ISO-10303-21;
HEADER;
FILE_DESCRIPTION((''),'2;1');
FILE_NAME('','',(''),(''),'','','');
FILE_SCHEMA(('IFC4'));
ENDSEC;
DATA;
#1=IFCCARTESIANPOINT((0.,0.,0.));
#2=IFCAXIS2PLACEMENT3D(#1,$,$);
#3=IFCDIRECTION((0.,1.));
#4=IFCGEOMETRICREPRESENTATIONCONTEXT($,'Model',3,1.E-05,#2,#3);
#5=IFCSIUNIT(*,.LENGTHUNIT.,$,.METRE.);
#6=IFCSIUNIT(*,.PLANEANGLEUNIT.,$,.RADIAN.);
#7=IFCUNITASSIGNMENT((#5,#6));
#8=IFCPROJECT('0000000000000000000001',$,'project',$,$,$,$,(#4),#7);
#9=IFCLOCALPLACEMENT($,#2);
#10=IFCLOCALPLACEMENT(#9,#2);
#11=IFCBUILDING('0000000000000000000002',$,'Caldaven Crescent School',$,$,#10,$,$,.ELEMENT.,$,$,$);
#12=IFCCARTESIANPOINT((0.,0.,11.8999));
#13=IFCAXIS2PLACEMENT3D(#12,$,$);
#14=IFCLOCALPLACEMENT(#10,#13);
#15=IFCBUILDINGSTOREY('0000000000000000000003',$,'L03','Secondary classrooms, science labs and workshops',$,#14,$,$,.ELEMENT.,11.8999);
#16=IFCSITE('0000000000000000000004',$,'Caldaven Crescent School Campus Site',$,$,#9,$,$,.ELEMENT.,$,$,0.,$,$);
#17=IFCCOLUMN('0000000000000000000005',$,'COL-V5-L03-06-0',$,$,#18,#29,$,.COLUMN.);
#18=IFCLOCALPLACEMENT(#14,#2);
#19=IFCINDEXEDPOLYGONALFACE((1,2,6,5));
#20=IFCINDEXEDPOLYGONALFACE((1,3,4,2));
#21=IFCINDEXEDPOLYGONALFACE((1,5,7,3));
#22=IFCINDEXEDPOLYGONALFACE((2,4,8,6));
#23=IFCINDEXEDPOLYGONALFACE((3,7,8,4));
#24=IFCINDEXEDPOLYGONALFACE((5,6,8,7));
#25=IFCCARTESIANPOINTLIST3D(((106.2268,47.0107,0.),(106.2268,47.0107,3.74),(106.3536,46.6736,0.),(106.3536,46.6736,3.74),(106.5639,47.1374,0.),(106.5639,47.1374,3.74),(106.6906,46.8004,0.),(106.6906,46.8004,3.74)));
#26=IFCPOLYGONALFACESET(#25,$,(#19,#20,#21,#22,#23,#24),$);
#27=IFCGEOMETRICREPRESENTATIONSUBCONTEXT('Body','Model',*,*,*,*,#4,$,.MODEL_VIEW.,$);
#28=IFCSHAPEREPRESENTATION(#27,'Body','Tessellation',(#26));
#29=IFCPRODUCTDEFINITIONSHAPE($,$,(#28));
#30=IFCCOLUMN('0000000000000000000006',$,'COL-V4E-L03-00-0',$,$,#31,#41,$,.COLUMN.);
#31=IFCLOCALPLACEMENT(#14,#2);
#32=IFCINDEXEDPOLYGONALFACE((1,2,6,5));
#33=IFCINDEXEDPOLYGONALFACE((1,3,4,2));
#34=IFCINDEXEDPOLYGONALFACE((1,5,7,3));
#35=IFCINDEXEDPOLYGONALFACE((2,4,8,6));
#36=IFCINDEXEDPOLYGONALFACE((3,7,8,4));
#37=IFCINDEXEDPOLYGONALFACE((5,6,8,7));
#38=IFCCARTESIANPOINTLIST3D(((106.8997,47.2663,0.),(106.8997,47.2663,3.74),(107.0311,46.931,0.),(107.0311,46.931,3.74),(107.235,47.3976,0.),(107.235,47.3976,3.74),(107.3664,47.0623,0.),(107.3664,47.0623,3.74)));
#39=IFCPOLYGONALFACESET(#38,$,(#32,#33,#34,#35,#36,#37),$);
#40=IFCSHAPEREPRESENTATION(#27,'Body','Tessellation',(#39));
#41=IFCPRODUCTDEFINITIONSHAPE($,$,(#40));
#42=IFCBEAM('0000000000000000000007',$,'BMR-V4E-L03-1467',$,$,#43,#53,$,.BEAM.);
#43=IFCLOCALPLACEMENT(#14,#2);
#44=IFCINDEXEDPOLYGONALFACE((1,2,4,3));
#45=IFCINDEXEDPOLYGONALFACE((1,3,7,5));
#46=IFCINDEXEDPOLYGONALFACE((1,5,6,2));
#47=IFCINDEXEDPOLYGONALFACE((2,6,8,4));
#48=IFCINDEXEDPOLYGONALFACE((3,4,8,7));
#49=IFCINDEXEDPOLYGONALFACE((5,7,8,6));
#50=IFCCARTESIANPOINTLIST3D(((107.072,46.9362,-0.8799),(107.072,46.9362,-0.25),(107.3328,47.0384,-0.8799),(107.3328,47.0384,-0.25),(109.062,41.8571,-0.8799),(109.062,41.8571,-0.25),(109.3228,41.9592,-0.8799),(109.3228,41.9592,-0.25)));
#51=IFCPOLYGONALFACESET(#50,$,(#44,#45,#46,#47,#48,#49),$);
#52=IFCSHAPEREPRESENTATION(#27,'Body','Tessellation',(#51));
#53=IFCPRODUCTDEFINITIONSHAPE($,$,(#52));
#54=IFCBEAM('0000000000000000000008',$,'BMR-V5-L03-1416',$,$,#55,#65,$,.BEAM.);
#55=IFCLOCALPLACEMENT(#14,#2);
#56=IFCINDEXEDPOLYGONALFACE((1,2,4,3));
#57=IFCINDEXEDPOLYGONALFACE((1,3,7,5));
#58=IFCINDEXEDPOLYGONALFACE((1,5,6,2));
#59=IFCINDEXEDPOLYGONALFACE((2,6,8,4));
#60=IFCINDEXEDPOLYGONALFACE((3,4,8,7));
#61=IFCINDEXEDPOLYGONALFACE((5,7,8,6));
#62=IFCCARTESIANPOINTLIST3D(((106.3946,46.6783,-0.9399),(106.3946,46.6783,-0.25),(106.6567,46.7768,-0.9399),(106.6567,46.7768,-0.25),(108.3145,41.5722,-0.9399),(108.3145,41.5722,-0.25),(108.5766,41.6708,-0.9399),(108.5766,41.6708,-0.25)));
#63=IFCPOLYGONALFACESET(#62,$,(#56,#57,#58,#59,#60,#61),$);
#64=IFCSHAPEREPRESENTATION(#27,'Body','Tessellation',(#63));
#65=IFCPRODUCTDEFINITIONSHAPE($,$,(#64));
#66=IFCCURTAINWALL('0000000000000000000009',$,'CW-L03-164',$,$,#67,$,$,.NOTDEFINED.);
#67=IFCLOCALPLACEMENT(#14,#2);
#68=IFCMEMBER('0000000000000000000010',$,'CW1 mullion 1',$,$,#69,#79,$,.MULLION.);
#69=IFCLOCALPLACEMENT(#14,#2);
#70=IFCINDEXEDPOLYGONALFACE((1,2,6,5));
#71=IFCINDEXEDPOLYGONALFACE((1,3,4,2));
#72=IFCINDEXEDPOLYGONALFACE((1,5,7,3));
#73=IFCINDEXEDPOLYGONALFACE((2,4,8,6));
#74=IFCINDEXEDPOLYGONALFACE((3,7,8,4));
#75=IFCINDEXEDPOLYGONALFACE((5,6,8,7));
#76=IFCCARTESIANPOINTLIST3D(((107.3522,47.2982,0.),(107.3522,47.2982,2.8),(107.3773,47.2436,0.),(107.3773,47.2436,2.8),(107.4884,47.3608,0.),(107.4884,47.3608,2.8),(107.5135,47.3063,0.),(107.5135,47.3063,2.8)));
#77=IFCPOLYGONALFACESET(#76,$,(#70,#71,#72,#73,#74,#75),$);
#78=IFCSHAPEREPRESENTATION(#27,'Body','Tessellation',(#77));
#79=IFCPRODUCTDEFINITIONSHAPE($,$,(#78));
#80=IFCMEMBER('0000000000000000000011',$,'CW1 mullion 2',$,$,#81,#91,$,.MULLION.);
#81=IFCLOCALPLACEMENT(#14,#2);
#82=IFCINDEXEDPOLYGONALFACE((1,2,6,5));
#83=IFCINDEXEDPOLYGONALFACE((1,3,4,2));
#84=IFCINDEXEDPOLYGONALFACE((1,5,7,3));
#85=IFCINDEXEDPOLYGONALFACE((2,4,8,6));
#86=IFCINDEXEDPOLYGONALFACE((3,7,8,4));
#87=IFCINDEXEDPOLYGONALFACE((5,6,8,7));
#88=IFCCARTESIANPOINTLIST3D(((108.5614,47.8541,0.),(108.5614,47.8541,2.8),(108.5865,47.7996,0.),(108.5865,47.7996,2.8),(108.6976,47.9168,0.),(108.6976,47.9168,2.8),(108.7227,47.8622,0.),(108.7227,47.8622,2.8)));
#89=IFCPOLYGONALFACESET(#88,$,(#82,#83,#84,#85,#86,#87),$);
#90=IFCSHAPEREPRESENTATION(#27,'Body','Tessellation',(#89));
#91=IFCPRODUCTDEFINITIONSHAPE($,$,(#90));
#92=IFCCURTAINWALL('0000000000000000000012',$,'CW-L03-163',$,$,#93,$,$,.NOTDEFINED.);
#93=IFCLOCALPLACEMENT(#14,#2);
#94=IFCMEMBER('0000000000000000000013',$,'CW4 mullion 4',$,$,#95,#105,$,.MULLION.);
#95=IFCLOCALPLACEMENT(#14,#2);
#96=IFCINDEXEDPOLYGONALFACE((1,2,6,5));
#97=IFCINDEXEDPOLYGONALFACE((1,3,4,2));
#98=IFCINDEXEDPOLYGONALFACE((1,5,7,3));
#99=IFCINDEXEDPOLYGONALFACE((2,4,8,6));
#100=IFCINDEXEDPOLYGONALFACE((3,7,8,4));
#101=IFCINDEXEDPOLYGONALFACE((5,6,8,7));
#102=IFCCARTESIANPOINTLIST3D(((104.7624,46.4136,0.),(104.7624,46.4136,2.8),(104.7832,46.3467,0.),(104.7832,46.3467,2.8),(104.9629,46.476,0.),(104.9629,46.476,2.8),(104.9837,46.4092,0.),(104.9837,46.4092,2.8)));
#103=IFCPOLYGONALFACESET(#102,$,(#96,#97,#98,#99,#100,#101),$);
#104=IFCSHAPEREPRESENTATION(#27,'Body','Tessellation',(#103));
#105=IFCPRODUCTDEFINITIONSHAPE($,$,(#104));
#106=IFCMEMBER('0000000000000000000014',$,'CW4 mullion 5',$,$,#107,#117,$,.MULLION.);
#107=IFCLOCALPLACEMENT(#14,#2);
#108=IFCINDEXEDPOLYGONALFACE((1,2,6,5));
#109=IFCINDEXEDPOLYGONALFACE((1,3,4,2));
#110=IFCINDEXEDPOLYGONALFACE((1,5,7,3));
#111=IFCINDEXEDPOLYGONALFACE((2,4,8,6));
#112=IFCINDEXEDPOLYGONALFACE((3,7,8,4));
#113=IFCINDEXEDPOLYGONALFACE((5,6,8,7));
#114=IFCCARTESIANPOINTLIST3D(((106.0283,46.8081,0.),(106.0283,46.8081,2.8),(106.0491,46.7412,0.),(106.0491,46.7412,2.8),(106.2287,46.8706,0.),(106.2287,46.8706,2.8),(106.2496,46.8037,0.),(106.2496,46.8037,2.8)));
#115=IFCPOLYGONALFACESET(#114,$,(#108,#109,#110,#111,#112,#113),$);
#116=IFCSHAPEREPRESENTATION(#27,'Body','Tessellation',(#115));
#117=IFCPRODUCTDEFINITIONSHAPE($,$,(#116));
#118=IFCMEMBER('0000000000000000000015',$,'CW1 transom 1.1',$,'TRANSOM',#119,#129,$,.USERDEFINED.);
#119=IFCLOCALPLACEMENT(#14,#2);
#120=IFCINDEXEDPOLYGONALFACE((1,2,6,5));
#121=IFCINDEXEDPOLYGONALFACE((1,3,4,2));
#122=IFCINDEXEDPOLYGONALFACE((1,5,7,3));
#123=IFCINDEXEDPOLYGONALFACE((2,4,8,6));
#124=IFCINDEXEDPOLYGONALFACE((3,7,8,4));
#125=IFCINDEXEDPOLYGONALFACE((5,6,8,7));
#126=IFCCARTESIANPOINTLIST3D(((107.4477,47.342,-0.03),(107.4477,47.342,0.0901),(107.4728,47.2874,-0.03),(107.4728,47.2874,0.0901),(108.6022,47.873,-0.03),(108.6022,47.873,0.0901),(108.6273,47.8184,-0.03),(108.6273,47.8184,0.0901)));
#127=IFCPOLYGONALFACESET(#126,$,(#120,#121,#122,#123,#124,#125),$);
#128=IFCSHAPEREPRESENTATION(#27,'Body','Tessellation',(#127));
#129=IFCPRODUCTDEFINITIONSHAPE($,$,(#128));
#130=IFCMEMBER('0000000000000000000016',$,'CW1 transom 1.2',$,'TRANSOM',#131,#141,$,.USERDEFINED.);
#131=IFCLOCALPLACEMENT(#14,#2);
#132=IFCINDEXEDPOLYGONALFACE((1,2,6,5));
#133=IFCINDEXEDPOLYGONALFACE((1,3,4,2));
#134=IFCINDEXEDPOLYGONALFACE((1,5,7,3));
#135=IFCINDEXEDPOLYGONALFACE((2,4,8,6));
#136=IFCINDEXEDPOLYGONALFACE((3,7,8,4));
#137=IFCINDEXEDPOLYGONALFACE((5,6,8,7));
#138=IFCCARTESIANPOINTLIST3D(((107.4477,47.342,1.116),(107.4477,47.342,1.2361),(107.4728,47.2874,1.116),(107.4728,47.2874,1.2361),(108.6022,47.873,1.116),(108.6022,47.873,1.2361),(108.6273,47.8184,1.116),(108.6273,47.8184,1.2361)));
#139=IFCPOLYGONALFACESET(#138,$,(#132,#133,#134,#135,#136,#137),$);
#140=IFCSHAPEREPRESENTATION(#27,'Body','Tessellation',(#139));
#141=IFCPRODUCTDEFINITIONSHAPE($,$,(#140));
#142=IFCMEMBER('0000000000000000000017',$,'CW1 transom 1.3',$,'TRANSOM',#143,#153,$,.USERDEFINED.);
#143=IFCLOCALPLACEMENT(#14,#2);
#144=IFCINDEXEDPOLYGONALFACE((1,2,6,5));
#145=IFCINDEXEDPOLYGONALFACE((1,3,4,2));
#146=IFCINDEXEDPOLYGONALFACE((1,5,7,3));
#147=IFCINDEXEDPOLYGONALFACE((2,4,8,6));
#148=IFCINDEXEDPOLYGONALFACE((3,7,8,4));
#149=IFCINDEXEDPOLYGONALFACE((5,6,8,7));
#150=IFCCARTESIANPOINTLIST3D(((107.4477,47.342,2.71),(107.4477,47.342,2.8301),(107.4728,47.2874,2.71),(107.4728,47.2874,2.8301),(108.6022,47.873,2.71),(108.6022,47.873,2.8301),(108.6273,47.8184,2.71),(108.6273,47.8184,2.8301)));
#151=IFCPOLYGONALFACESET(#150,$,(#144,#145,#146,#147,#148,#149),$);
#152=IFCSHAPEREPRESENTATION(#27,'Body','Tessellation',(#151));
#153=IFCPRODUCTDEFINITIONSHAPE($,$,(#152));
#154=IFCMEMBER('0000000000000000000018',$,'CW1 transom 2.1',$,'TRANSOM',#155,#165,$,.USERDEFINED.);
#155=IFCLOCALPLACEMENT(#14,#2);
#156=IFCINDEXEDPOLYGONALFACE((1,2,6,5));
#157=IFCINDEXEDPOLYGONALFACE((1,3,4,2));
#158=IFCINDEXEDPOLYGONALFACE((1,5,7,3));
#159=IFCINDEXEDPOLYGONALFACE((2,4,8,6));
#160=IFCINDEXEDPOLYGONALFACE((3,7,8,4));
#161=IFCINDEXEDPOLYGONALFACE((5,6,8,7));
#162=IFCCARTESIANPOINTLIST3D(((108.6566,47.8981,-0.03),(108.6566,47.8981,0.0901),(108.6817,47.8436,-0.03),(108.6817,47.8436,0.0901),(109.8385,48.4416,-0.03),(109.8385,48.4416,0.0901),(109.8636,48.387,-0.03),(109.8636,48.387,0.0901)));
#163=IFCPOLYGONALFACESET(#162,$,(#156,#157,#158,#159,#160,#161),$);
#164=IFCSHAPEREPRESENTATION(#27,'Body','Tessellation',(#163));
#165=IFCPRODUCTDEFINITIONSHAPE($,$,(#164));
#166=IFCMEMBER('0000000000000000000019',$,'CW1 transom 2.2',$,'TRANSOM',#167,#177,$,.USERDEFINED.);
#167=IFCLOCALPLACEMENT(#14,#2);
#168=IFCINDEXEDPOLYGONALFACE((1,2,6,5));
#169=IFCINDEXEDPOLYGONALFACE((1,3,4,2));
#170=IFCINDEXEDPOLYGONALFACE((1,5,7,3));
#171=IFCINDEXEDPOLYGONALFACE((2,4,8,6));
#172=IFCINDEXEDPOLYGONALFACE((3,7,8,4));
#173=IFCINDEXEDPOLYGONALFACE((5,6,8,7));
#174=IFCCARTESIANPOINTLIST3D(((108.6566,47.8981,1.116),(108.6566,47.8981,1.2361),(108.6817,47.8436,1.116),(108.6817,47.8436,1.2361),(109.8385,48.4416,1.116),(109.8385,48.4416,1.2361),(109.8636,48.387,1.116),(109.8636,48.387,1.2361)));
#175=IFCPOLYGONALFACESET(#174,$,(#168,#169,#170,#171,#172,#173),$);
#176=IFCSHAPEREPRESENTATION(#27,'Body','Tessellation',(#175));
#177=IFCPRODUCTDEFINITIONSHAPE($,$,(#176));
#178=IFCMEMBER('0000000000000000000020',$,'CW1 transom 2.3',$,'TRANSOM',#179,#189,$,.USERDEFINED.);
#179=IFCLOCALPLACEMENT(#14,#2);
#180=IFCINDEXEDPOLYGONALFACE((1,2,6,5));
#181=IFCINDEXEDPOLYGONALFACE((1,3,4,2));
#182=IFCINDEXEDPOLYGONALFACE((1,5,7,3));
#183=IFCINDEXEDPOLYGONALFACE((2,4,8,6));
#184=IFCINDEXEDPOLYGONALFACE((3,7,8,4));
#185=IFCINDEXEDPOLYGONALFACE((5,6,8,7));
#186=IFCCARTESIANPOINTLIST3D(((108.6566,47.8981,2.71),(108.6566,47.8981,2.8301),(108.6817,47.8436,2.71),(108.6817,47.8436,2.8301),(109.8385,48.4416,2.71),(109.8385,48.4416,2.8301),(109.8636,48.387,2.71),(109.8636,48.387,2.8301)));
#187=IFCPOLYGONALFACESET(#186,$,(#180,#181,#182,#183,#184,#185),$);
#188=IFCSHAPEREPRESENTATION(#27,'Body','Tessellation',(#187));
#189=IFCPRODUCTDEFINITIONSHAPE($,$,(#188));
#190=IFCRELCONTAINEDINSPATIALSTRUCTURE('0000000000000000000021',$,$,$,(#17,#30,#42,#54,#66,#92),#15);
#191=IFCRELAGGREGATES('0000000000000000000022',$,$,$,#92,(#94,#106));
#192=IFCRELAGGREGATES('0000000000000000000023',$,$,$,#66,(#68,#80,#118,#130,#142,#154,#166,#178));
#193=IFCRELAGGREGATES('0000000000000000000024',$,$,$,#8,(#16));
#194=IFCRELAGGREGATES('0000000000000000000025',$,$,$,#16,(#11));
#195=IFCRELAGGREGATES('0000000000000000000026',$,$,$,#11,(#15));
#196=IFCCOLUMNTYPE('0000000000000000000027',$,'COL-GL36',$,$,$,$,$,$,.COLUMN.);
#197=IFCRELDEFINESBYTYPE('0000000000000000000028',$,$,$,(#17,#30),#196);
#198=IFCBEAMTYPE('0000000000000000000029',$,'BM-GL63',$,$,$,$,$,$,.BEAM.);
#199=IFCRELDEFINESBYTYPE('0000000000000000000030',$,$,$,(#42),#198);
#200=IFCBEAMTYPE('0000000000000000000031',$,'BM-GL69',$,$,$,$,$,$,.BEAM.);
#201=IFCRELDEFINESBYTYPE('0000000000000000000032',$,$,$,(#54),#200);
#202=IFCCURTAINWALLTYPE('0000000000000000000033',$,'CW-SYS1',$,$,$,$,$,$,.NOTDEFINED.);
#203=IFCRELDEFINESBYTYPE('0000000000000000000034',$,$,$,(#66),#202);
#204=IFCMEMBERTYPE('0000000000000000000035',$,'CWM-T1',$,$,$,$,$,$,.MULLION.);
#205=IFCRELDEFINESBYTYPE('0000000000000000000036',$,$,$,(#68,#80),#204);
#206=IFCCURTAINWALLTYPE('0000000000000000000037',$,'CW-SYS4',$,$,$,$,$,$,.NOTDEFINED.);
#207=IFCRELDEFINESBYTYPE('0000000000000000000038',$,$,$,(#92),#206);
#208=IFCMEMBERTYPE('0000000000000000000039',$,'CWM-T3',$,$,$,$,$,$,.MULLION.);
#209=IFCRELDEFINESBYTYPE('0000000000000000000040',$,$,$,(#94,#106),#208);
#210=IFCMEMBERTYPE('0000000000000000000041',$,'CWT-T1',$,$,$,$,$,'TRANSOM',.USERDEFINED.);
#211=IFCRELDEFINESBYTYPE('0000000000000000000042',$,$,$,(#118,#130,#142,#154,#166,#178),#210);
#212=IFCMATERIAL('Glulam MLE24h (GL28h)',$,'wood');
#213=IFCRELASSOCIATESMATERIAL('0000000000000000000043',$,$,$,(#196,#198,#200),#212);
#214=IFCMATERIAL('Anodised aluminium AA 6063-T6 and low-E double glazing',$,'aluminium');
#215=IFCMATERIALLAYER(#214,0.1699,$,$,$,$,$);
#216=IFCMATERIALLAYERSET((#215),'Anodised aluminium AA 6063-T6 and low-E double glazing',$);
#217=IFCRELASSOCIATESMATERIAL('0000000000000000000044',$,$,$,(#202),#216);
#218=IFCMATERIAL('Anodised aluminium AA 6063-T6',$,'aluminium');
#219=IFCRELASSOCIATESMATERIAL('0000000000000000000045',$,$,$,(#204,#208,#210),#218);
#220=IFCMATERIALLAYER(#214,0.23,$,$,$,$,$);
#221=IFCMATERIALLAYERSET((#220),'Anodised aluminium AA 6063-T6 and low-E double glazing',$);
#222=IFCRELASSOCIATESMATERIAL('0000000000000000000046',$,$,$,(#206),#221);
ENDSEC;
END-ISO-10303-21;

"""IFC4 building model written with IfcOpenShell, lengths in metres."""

from ifc_helpers import new_model, si_unit, direction, frame, origin, origin_2d, place, context, subcontext, project, spatial, rectangle, extrude, material, layer, layer_set, material_profile, profile_set, type_object, element, aggregate, save


model = new_model("IFC4")

# Units and contexts
model_context = context("Model", 3, precision=1e-05, world=origin(), true_north=direction((0.0, 1.0)))
body_context = subcontext(model_context, "Body", "Model", "MODEL_VIEW")
ifc_project = project(units=[si_unit("LENGTHUNIT", "METRE"), si_unit("PLANEANGLEUNIT", "RADIAN")], contexts=[model_context])

# Site, building, storey
site_placement = place(None, origin())
site = spatial("IfcSite", under=ifc_project, at=site_placement, Name="Caldaven Crescent School Campus Site", CompositionType="ELEMENT", RefElevation=0.0)
building_placement = place(site_placement, origin())
building = spatial("IfcBuilding", under=site, at=building_placement, Name="Caldaven Crescent School", CompositionType="ELEMENT")
storey_placement = place(building_placement, frame((0.0, 0.0, 11.8999)))
storey = spatial("IfcBuildingStorey", under=building, at=storey_placement, Name="L03", Description="Secondary classrooms, science labs and workshops", CompositionType="ELEMENT", Elevation=11.8999)

# Columns
ifc_material_1 = material(Name="Glulam MLE24h (GL28h)", Category="wood")
ifc_material_profile_1 = material_profile(ifc_material_1, rectangle(XDim=0.3601, YDim=0.3601, at=origin_2d()), Name="MLE 360x360")
ifc_profile_set_1 = profile_set([ifc_material_profile_1], Name="Glulam MLE24h (GL28h)")
column_type = type_object("IfcColumnType", Name="COL-GL36", PredefinedType="COLUMN", material=ifc_profile_set_1)
for number, where, z_axis, x_axis, name in (
    (1, (106.4587, 46.9055, 0.0), (0.0, 0.0, 1.0), (0.352005, -0.935998, 0.0), "COL-V5-L03-06-0"),
    (2, (107.1331, 47.1643, 0.0), (0.0, 0.0, 1.0), (0.364714, -0.931119, 0.0), "COL-V4E-L03-00-0"),
):
    element("IfcColumn", number, at=place(storey_placement, frame(where, z_axis=z_axis, x_axis=x_axis)), inside=storey, type_object=column_type, Name=name, PredefinedType="COLUMN", context=body_context, shape_type="SweptSolid", body=[
        extrude(rectangle(XDim=0.3601, YDim=0.3601, at=origin_2d()), origin(), (0.0, 0.0, 1.0), 3.74),
    ])

# Beams
ifc_material_profile_2 = material_profile(ifc_material_1, rectangle(XDim=0.28, YDim=0.6299, at=origin_2d()), Name="MLE 280x630")
ifc_profile_set_2 = profile_set([ifc_material_profile_2], Name="Glulam MLE24h (GL28h)")
beam_type_1 = type_object("IfcBeamType", Name="BM-GL63", PredefinedType="BEAM", material=ifc_profile_set_2)
beam_1_placement = place(storey_placement, frame((107.2024, 46.9873, -0.5649), z_axis=(0.364799, -0.931086, 0.0), x_axis=(0.931086, 0.364799, 0.0)))
element("IfcBeam", 3, at=beam_1_placement, inside=storey, type_object=beam_type_1, Name="BMR-V4E-L03-1467", PredefinedType="BEAM", context=body_context, shape_type="SweptSolid", body=[
    extrude(rectangle(XDim=0.28, YDim=0.6299, at=origin_2d()), origin(), (0.0, 0.0, 1.0), 5.4551),
])
ifc_material_profile_3 = material_profile(ifc_material_1, rectangle(XDim=0.28, YDim=0.6899, at=origin_2d()), Name="MLE 280x690")
ifc_profile_set_3 = profile_set([ifc_material_profile_3], Name="Glulam MLE24h (GL28h)")
beam_type_2 = type_object("IfcBeamType", Name="BM-GL69", PredefinedType="BEAM", material=ifc_profile_set_3)
beam_2_placement = place(storey_placement, frame((106.5256, 46.7275, -0.595), z_axis=(0.351957, -0.936016, 0.0), x_axis=(0.936016, 0.351957, 0.0)))
element("IfcBeam", 4, at=beam_2_placement, inside=storey, type_object=beam_type_2, Name="BMR-V5-L03-1416", PredefinedType="BEAM", context=body_context, shape_type="SweptSolid", body=[
    extrude(rectangle(XDim=0.28, YDim=0.6899, at=origin_2d()), origin(), (0.0, 0.0, 1.0), 5.4551),
])

# Curtain walls, members
ifc_material_2 = material(Name="Anodised aluminium AA 6063-T6 and low-E double glazing", Category="aluminium")
ifc_layer_1 = layer(ifc_material_2, 0.1699)
ifc_layer_set_1 = layer_set([ifc_layer_1], Name="Anodised aluminium AA 6063-T6 and low-E double glazing")
curtain_wall_type_1 = type_object("IfcCurtainWallType", Name="CW-SYS1", PredefinedType="NOTDEFINED", material=ifc_layer_set_1)
curtain_wall_1_placement = place(storey_placement, origin())
curtain_wall_1 = element("IfcCurtainWall", 5, at=curtain_wall_1_placement, inside=storey, type_object=curtain_wall_type_1, Name="CW-L03-164", PredefinedType="NOTDEFINED")
ifc_material_3 = material(Name="Anodised aluminium AA 6063-T6", Category="aluminium")
ifc_material_profile_4 = material_profile(ifc_material_3, rectangle(XDim=0.0601, YDim=0.1499, at=origin_2d()), Name="CWM 60x150")
ifc_profile_set_4 = profile_set([ifc_material_profile_4], Name="Anodised aluminium AA 6063-T6")
member_type_1 = type_object("IfcMemberType", Name="CWM-T1", PredefinedType="MULLION", material=ifc_profile_set_4)
member_1_placement = place(storey_placement, frame((107.4329, 47.3022, 0.0), z_axis=(0.0, 0.0, 1.0), x_axis=(-0.417824, 0.908528, 0.0)))
member_1 = element("IfcMember", 6, at=member_1_placement, type_object=member_type_1, Name="CW1 mullion 1", PredefinedType="MULLION", context=body_context, shape_type="SweptSolid", body=[
    extrude(rectangle(XDim=0.0601, YDim=0.1499, at=origin_2d()), origin(), (0.0, 0.0, 1.0), 2.8),
])
member_2_placement = place(storey_placement, frame((108.6421, 47.8582, 0.0), z_axis=(0.0, 0.0, 1.0), x_axis=(-0.417824, 0.908528, 0.0)))
member_2 = element("IfcMember", 7, at=member_2_placement, type_object=member_type_1, Name="CW1 mullion 2", PredefinedType="MULLION", context=body_context, shape_type="SweptSolid", body=[
    extrude(rectangle(XDim=0.0601, YDim=0.1499, at=origin_2d()), origin(), (0.0, 0.0, 1.0), 2.8),
])
ifc_layer_2 = layer(ifc_material_2, 0.23)
ifc_layer_set_2 = layer_set([ifc_layer_2], Name="Anodised aluminium AA 6063-T6 and low-E double glazing")
curtain_wall_type_2 = type_object("IfcCurtainWallType", Name="CW-SYS4", PredefinedType="NOTDEFINED", material=ifc_layer_set_2)
curtain_wall_2_placement = place(storey_placement, origin())
curtain_wall_2 = element("IfcCurtainWall", 8, at=curtain_wall_2_placement, inside=storey, type_object=curtain_wall_type_2, Name="CW-L03-163", PredefinedType="NOTDEFINED")
ifc_material_profile_5 = material_profile(ifc_material_3, rectangle(XDim=0.0701, YDim=0.21, at=origin_2d()), Name="CWM 70x210")
ifc_profile_set_5 = profile_set([ifc_material_profile_5], Name="Anodised aluminium AA 6063-T6")
member_type_2 = type_object("IfcMemberType", Name="CWM-T3", PredefinedType="MULLION", material=ifc_profile_set_5)
member_3_placement = place(storey_placement, frame((104.873, 46.4114, 0.0), z_axis=(0.0, 0.0, 1.0), x_axis=(-0.29742, 0.954747, 0.0)))
member_3 = element("IfcMember", 9, at=member_3_placement, type_object=member_type_2, Name="CW4 mullion 4", PredefinedType="MULLION", context=body_context, shape_type="SweptSolid", body=[
    extrude(rectangle(XDim=0.0701, YDim=0.21, at=origin_2d()), origin(), (0.0, 0.0, 1.0), 2.8),
])
member_4_placement = place(storey_placement, frame((106.1389, 46.8059, 0.0), z_axis=(0.0, 0.0, 1.0), x_axis=(-0.29742, 0.954747, 0.0)))
member_4 = element("IfcMember", 10, at=member_4_placement, type_object=member_type_2, Name="CW4 mullion 5", PredefinedType="MULLION", context=body_context, shape_type="SweptSolid", body=[
    extrude(rectangle(XDim=0.0701, YDim=0.21, at=origin_2d()), origin(), (0.0, 0.0, 1.0), 2.8),
])

# Members
ifc_material_profile_6 = material_profile(ifc_material_3, rectangle(XDim=0.0601, YDim=0.1201, at=origin_2d()), Name="CWT 60x120")
ifc_profile_set_6 = profile_set([ifc_material_profile_6], Name="Anodised aluminium AA 6063-T6")
member_type_3 = type_object("IfcMemberType", Name="CWT-T1", ElementType="TRANSOM", PredefinedType="USERDEFINED", material=ifc_profile_set_6)
member_5_placement = place(storey_placement, frame((107.4602, 47.3147, 0.03), z_axis=(0.908515, 0.417852, 0.0), x_axis=(-0.417852, 0.908515, 0.0)))
member_5 = element("IfcMember", 11, at=member_5_placement, type_object=member_type_3, Name="CW1 transom 1.1", ObjectType="TRANSOM", PredefinedType="USERDEFINED", context=body_context, shape_type="SweptSolid", body=[
    extrude(rectangle(XDim=0.0601, YDim=0.1201, at=origin_2d()), origin(), (0.0, 0.0, 1.0), 1.2708),
])
member_6_placement = place(storey_placement, frame((107.4602, 47.3147, 1.176), z_axis=(0.908515, 0.417852, 0.0), x_axis=(-0.417852, 0.908515, 0.0)))
member_6 = element("IfcMember", 12, at=member_6_placement, type_object=member_type_3, Name="CW1 transom 1.2", ObjectType="TRANSOM", PredefinedType="USERDEFINED", context=body_context, shape_type="SweptSolid", body=[
    extrude(rectangle(XDim=0.0601, YDim=0.1201, at=origin_2d()), origin(), (0.0, 0.0, 1.0), 1.2708),
])
member_7_placement = place(storey_placement, frame((107.4602, 47.3147, 2.77), z_axis=(0.908515, 0.417852, 0.0), x_axis=(-0.417852, 0.908515, 0.0)))
member_7 = element("IfcMember", 13, at=member_7_placement, type_object=member_type_3, Name="CW1 transom 1.3", ObjectType="TRANSOM", PredefinedType="USERDEFINED", context=body_context, shape_type="SweptSolid", body=[
    extrude(rectangle(XDim=0.0601, YDim=0.1201, at=origin_2d()), origin(), (0.0, 0.0, 1.0), 1.2708),
])
member_8_placement = place(storey_placement, frame((108.6692, 47.8708, 0.03), z_axis=(0.908552, 0.417772, 0.0), x_axis=(-0.417772, 0.908552, 0.0)))
member_8 = element("IfcMember", 14, at=member_8_placement, type_object=member_type_3, Name="CW1 transom 2.1", ObjectType="TRANSOM", PredefinedType="USERDEFINED", context=body_context, shape_type="SweptSolid", body=[
    extrude(rectangle(XDim=0.0601, YDim=0.1201, at=origin_2d()), origin(), (0.0, 0.0, 1.0), 1.3008),
])
member_9_placement = place(storey_placement, frame((108.6692, 47.8708, 1.176), z_axis=(0.908552, 0.417772, 0.0), x_axis=(-0.417772, 0.908552, 0.0)))
member_9 = element("IfcMember", 15, at=member_9_placement, type_object=member_type_3, Name="CW1 transom 2.2", ObjectType="TRANSOM", PredefinedType="USERDEFINED", context=body_context, shape_type="SweptSolid", body=[
    extrude(rectangle(XDim=0.0601, YDim=0.1201, at=origin_2d()), origin(), (0.0, 0.0, 1.0), 1.3008),
])
member_10_placement = place(storey_placement, frame((108.6692, 47.8708, 2.77), z_axis=(0.908552, 0.417772, 0.0), x_axis=(-0.417772, 0.908552, 0.0)))
member_10 = element("IfcMember", 16, at=member_10_placement, type_object=member_type_3, Name="CW1 transom 2.3", ObjectType="TRANSOM", PredefinedType="USERDEFINED", context=body_context, shape_type="SweptSolid", body=[
    extrude(rectangle(XDim=0.0601, YDim=0.1201, at=origin_2d()), origin(), (0.0, 0.0, 1.0), 1.3008),
])

aggregate(curtain_wall_2, [member_3, member_4])
aggregate(curtain_wall_1, [member_1, member_2, member_5, member_6, member_7, member_8, member_9, member_10])

save(model, "model.ifc")
